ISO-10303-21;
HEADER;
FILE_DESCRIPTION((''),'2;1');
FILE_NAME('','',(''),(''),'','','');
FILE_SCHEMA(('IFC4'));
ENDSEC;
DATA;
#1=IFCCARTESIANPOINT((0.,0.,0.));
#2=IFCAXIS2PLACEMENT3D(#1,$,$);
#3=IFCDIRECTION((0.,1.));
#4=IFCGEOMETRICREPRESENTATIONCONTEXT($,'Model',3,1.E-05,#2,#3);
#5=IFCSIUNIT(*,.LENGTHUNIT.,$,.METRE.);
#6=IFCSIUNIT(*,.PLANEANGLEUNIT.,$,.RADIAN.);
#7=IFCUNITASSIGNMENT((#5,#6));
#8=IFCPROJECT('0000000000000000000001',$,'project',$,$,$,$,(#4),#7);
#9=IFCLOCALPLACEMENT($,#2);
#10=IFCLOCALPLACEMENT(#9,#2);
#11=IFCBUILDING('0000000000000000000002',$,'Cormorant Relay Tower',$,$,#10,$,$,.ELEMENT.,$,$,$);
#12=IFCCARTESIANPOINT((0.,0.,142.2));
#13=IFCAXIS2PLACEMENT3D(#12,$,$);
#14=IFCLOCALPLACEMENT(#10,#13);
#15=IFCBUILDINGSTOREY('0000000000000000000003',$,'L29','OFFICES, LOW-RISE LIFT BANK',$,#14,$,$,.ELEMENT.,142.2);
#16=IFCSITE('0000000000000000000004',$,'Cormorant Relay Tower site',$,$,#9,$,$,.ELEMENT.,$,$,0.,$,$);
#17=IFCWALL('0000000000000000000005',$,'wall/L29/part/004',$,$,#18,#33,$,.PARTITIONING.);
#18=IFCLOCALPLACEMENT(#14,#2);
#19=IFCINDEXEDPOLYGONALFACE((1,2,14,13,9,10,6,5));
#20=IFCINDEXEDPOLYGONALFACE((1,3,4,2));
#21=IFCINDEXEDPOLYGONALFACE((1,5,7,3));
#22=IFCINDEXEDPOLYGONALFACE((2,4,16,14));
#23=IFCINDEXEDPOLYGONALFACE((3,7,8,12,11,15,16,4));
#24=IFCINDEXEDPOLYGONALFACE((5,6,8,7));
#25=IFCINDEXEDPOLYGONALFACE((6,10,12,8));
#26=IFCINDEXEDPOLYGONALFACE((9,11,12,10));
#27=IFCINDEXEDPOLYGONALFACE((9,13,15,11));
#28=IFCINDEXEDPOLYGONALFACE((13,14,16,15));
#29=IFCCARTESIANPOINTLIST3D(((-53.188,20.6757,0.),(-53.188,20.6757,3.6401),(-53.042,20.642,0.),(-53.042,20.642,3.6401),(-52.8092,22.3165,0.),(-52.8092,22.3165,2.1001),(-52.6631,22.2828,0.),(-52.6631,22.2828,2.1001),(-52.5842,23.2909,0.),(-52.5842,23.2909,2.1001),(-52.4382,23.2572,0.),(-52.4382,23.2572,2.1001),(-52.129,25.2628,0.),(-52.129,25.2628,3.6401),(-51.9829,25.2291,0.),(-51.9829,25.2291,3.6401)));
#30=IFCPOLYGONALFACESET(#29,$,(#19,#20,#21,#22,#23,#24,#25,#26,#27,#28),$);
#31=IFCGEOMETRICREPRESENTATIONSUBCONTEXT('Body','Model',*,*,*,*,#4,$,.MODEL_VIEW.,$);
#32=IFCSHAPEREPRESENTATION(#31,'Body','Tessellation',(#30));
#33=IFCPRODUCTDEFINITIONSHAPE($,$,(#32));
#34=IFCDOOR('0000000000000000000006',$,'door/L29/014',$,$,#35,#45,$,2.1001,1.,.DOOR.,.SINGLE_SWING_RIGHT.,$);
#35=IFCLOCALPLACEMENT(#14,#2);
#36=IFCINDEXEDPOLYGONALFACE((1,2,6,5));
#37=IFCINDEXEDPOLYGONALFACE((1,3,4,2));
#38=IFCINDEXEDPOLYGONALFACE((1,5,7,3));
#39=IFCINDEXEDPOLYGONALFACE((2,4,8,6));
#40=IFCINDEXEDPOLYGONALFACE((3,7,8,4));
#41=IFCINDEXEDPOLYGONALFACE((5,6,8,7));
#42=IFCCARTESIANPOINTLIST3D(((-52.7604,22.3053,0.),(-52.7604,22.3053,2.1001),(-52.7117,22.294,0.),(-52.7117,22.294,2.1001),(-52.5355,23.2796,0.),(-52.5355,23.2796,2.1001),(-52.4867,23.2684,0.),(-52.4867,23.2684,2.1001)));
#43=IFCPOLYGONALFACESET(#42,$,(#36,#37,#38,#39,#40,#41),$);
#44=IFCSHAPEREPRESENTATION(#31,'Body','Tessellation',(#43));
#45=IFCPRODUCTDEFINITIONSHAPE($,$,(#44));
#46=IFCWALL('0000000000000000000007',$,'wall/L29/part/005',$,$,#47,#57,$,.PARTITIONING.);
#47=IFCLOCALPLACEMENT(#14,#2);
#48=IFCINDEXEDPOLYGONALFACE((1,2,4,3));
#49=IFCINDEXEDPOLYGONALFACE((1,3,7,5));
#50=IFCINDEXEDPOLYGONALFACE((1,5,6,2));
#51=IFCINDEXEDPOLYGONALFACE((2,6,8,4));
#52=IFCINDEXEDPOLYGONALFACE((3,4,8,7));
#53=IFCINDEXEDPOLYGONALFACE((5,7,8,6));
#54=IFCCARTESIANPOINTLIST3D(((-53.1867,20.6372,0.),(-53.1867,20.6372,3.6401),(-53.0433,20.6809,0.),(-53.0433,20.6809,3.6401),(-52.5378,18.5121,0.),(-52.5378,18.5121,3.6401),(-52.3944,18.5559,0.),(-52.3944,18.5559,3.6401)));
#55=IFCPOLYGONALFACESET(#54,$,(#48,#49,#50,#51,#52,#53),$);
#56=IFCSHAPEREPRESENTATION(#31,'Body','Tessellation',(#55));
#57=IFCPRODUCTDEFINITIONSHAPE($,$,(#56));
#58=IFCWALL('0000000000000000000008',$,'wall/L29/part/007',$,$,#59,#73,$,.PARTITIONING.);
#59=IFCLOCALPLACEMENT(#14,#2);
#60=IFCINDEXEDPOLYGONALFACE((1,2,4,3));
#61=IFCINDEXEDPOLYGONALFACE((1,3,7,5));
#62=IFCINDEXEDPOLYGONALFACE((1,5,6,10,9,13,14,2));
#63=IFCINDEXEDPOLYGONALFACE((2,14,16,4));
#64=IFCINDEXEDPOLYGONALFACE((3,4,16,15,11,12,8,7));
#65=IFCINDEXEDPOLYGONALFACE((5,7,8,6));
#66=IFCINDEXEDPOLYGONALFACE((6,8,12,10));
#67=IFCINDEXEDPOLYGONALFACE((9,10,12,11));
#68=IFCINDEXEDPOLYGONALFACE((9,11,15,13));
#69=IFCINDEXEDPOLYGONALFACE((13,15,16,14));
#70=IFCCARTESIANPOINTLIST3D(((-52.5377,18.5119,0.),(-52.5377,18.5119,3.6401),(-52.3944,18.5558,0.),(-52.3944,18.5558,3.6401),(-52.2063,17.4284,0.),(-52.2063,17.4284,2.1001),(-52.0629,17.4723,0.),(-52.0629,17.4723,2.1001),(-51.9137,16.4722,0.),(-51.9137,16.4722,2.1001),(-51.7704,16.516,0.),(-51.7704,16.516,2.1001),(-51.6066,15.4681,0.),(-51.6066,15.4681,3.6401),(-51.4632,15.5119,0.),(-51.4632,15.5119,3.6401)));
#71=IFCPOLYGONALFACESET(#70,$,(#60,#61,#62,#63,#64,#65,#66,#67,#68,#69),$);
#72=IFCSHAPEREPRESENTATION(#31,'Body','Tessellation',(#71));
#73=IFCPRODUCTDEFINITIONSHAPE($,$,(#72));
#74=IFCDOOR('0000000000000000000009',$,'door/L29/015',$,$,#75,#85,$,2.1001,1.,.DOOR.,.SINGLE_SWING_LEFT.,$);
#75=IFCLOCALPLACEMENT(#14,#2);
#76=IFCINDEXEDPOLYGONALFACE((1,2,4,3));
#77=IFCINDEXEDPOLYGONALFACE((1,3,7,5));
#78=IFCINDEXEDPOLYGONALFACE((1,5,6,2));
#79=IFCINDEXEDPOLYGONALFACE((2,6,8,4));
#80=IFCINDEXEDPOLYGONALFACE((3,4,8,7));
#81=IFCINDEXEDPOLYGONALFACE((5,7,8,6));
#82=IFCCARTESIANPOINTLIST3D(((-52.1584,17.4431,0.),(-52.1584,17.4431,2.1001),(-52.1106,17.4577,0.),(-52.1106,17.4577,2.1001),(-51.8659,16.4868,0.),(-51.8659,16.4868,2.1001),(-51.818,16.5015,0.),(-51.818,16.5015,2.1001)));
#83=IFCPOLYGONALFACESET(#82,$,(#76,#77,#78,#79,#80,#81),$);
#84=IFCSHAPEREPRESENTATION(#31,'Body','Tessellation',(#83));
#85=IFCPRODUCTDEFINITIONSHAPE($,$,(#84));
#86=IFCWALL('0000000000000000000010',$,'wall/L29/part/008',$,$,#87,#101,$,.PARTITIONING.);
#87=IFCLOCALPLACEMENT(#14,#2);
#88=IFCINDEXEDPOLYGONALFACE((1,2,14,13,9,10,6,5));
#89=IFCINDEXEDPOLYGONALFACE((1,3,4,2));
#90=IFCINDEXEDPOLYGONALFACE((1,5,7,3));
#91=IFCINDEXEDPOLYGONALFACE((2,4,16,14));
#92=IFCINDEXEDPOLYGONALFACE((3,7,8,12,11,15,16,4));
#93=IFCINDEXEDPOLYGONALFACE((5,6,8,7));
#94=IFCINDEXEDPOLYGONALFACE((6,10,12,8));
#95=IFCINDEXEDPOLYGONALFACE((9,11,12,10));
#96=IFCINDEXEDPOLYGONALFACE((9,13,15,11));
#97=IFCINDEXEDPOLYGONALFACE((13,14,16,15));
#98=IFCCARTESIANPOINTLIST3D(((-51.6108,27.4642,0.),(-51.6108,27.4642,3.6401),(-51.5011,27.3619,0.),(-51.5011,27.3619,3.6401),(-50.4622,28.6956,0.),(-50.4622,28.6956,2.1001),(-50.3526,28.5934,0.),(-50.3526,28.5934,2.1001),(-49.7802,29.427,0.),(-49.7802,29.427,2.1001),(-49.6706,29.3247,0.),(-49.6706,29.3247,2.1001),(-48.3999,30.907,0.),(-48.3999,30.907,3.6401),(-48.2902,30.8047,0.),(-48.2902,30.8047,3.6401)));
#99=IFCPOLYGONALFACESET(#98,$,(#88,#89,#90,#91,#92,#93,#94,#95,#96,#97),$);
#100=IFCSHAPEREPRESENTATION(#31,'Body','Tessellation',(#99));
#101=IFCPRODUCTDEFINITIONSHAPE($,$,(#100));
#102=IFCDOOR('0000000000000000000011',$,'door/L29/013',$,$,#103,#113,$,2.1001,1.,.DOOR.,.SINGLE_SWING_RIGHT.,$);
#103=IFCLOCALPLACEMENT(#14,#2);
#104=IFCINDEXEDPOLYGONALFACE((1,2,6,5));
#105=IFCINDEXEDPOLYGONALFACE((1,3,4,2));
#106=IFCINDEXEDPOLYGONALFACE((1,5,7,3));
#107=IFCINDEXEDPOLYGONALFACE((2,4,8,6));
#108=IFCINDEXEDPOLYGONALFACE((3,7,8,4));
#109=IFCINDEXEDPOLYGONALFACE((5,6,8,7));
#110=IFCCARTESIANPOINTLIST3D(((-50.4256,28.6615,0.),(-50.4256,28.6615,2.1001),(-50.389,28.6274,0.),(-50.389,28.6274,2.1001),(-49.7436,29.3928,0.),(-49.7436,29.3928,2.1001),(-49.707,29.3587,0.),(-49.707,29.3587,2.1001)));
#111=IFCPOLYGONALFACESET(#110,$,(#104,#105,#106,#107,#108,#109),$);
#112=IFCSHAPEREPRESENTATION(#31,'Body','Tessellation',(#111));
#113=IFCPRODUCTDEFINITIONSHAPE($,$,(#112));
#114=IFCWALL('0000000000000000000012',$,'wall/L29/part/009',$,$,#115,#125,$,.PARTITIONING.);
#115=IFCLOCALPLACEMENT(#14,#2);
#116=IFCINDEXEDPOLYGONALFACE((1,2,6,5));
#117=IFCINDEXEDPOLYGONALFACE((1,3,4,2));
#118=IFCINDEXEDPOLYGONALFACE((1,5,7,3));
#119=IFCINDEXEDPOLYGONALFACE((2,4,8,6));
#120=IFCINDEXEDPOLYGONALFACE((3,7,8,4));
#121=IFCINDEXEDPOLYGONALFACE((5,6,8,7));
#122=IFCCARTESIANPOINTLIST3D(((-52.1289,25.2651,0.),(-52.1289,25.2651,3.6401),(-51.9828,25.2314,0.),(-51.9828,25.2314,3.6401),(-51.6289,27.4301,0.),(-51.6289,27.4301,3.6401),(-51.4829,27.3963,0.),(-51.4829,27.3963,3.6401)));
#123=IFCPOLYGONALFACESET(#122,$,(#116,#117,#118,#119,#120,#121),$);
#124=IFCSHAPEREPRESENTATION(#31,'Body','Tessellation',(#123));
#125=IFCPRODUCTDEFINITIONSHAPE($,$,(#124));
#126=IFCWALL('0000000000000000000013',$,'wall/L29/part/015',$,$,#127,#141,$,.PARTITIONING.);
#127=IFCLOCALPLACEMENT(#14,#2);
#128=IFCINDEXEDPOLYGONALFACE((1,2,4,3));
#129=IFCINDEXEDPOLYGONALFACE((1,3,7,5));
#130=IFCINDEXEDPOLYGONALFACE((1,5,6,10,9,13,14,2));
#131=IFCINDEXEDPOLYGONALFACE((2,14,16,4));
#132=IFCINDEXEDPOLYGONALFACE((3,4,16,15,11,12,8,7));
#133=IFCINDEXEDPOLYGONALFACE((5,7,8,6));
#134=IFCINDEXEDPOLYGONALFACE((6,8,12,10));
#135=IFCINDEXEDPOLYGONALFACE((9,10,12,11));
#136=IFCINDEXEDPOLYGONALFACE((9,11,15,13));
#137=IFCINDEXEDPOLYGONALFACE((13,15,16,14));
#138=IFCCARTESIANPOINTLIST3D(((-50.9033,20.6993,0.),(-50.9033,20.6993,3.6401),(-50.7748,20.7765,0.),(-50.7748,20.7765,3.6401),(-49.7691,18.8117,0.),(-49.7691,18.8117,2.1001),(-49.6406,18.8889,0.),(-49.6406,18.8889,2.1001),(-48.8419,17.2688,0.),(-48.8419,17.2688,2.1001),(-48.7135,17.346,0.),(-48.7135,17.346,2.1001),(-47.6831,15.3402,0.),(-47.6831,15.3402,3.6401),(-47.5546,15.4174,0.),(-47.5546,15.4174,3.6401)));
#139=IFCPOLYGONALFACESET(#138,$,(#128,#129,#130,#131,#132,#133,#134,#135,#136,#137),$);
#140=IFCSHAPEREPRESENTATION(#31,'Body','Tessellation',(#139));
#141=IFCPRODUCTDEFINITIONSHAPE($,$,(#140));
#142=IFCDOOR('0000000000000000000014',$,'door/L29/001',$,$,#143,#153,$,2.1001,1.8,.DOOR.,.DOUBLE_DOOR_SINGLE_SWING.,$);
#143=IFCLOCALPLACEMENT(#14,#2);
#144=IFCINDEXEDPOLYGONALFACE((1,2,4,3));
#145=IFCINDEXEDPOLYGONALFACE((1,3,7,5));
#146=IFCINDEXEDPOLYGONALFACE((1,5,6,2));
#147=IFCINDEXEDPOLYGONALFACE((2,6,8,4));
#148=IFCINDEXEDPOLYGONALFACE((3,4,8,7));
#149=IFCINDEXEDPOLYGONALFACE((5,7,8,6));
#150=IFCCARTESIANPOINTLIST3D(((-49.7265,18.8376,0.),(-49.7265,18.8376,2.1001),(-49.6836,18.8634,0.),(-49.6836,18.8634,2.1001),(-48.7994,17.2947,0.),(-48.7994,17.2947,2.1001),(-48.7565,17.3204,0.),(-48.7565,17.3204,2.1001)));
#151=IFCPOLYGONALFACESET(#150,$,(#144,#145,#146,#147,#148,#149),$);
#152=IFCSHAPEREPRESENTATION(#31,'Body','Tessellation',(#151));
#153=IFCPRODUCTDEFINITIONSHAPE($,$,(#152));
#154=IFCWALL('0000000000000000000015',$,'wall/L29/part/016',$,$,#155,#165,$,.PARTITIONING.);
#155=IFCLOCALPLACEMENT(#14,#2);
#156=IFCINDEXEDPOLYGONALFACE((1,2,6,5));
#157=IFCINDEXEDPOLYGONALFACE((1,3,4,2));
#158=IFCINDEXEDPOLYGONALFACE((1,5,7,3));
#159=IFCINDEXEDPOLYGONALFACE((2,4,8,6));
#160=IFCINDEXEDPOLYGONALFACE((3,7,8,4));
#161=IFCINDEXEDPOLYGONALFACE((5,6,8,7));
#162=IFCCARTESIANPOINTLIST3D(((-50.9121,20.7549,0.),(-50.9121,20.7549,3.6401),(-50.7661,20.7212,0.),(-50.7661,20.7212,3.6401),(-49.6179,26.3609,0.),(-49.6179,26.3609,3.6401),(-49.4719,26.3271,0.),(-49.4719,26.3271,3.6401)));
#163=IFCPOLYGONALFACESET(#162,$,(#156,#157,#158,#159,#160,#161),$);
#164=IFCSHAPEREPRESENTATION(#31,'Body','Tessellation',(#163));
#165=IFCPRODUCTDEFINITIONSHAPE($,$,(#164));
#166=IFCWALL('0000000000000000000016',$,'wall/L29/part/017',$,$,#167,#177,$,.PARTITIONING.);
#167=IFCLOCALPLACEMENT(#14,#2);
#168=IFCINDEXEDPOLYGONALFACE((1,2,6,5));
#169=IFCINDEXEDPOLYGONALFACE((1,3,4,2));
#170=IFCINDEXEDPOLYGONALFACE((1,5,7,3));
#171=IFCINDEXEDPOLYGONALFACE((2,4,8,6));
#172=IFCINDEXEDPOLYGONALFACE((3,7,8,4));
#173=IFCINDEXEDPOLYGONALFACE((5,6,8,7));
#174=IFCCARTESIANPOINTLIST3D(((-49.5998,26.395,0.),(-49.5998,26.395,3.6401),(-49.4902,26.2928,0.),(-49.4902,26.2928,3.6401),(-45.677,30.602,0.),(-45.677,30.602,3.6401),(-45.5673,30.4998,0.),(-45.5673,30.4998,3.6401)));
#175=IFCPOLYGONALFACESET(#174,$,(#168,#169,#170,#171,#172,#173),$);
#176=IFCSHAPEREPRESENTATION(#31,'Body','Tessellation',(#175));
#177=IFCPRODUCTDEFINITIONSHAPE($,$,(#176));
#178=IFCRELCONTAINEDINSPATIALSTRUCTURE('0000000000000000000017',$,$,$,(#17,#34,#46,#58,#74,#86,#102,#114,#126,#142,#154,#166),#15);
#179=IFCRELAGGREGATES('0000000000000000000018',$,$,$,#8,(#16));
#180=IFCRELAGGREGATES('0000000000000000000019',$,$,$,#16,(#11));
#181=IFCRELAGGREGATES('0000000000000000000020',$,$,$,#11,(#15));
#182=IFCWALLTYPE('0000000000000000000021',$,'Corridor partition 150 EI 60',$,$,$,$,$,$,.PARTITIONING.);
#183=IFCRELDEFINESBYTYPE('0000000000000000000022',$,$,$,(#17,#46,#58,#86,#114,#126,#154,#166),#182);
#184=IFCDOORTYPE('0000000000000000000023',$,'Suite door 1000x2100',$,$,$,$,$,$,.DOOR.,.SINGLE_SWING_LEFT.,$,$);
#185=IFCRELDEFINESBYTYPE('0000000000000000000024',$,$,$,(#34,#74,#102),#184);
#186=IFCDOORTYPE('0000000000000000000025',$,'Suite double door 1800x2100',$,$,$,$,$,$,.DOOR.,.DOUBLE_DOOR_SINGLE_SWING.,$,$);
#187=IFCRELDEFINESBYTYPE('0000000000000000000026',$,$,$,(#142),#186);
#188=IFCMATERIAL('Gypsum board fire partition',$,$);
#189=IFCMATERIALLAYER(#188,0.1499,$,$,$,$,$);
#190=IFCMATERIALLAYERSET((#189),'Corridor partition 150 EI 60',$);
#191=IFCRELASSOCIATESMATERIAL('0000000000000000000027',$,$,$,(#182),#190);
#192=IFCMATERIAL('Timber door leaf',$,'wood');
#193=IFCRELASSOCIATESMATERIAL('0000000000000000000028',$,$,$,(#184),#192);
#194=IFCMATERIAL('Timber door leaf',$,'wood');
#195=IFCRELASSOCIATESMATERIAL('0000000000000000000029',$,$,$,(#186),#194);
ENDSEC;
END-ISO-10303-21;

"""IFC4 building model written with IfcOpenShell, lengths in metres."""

from ifc_helpers import new_model, si_unit, direction, frame, frame_2d, origin, place, context, subcontext, project, spatial, rectangle, extrude, material, layer, layer_set, type_object, element, fill, save


model = new_model("IFC4")

# Units and contexts
model_context = context("Model", 3, precision=1e-05, world=origin(), true_north=direction((0.0, 1.0)))
body_context = subcontext(model_context, "Body", "Model", "MODEL_VIEW")
ifc_project = project(units=[si_unit("LENGTHUNIT", "METRE"), si_unit("PLANEANGLEUNIT", "RADIAN")], contexts=[model_context])

# Site, building, storey
site_placement = place(None, origin())
site = spatial("IfcSite", under=ifc_project, at=site_placement, Name="Cormorant Relay Tower site", CompositionType="ELEMENT", RefElevation=0.0)
building_placement = place(site_placement, origin())
building = spatial("IfcBuilding", under=site, at=building_placement, Name="Cormorant Relay Tower", CompositionType="ELEMENT")
storey_placement = place(building_placement, frame((0.0, 0.0, 142.2)))
storey = spatial("IfcBuildingStorey", under=building, at=storey_placement, Name="L29", Description="OFFICES, LOW-RISE LIFT BANK", CompositionType="ELEMENT", Elevation=142.2)

# Wall, opening, door
ifc_material_1 = material(Name="Gypsum board fire partition")
ifc_layer_1 = layer(ifc_material_1, 0.1499)
ifc_layer_set_1 = layer_set([ifc_layer_1], Name="Corridor partition 150 EI 60")
wall_type_1 = type_object("IfcWallType", Name="Corridor partition 150 EI 60", PredefinedType="PARTITIONING", material=ifc_layer_set_1)
wall_1_placement = place(storey_placement, frame((-52.0559, 25.2461, 0.0), z_axis=(0.0, 0.0, 1.0), x_axis=(-0.224962, -0.974368, 0.0)))
wall_1 = element("IfcWall", 1, at=wall_1_placement, inside=storey, type_object=wall_type_1, Name="wall/L29/part/004", PredefinedType="PARTITIONING", context=body_context, shape_type="SweptSolid", body=[
    extrude(rectangle(XDim=4.7078, YDim=0.1499, at=frame_2d((2.354, 0.0))), origin(), (0.0, 0.0, 1.0), 3.6401),
])
opening_1_placement = place(wall_1_placement, frame((2.0239, 0.0, 0.0)))
opening_1 = element("IfcOpeningElement", 2, at=opening_1_placement, cuts=wall_1, PredefinedType="OPENING", context=body_context, shape_type="SweptSolid", body=[
    extrude(rectangle(XDim=1.0, YDim=2.1001, at=frame_2d((0.5, 1.05))), frame((0.0, 0.085, 0.0), z_axis=(0.0, -1.0, 0.0), x_axis=(1.0, 0.0, 0.0)), (0.0, 0.0, 1.0), 0.1699),
])
ifc_material_2 = material(Name="Timber door leaf", Category="wood")
door_type_1 = type_object("IfcDoorType", Name="Suite door 1000x2100", OperationType="SINGLE_SWING_LEFT", PredefinedType="DOOR", material=ifc_material_2)
door_1_placement = place(opening_1_placement, frame((1.0, 0.0, 0.0), z_axis=(0.0, 0.0, 1.0), x_axis=(-1.0, 0.0, 0.0)))
door_1 = element("IfcDoor", 3, at=door_1_placement, inside=storey, type_object=door_type_1, Name="door/L29/014", OperationType="SINGLE_SWING_RIGHT", OverallHeight=2.1001, OverallWidth=1.0, PredefinedType="DOOR", context=body_context, shape_type="SweptSolid", body=[
    extrude(rectangle(XDim=1.0, YDim=2.1001, at=frame_2d((0.5, 1.05))), frame((0.0, 0.0249, 0.0), z_axis=(0.0, -1.0, 0.0), x_axis=(1.0, 0.0, 0.0)), (0.0, 0.0, 1.0), 0.05),
])
fill(opening_1, door_1)

# Wall
wall_2_placement = place(storey_placement, frame((-53.115, 20.6589, 0.0), z_axis=(0.0, 0.0, 1.0), x_axis=(0.292062, -0.956399, 0.0)))
element("IfcWall", 4, at=wall_2_placement, inside=storey, type_object=wall_type_1, Name="wall/L29/part/005", PredefinedType="PARTITIONING", context=body_context, shape_type="SweptSolid", body=[
    extrude(rectangle(XDim=2.2219, YDim=0.1499, at=frame_2d((1.1108, 0.0))), origin(), (0.0, 0.0, 1.0), 3.6401),
])

# Walls, openings, doors
wall_3_placement = place(storey_placement, frame((-51.5349, 15.49, 0.0), z_axis=(0.0, 0.0, 1.0), x_axis=(-0.292522, 0.956259, 0.0)))
wall_3 = element("IfcWall", 5, at=wall_3_placement, inside=storey, type_object=wall_type_1, Name="wall/L29/part/007", PredefinedType="PARTITIONING", context=body_context, shape_type="SweptSolid", body=[
    extrude(rectangle(XDim=3.1831, YDim=0.1499, at=frame_2d((1.5916, 0.0))), origin(), (0.0, 0.0, 1.0), 3.6401),
])
opening_2_placement = place(wall_3_placement, frame((1.05, 0.0, 0.0)))
opening_2 = element("IfcOpeningElement", 6, at=opening_2_placement, cuts=wall_3, PredefinedType="OPENING", context=body_context, shape_type="SweptSolid", body=[
    extrude(rectangle(XDim=1.0, YDim=2.1001, at=frame_2d((0.5, 1.05))), frame((0.0, 0.085, 0.0), z_axis=(0.0, -1.0, 0.0), x_axis=(1.0, 0.0, 0.0)), (0.0, 0.0, 1.0), 0.1699),
])
door_2_placement = place(opening_2_placement, origin())
door_2 = element("IfcDoor", 7, at=door_2_placement, inside=storey, type_object=door_type_1, Name="door/L29/015", OperationType="SINGLE_SWING_LEFT", OverallHeight=2.1001, OverallWidth=1.0, PredefinedType="DOOR", context=body_context, shape_type="SweptSolid", body=[
    extrude(rectangle(XDim=1.0, YDim=2.1001, at=frame_2d((0.5, 1.05))), frame((0.0, 0.0249, 0.0), z_axis=(0.0, -1.0, 0.0), x_axis=(1.0, 0.0, 0.0)), (0.0, 0.0, 1.0), 0.05),
])
fill(opening_2, door_2)
wall_4_placement = place(storey_placement, frame((-48.345, 30.856, 0.0), z_axis=(0.0, 0.0, 1.0), x_axis=(-0.682045, -0.73131, 0.0)))
wall_4 = element("IfcWall", 8, at=wall_4_placement, inside=storey, type_object=wall_type_1, Name="wall/L29/part/008", PredefinedType="PARTITIONING", context=body_context, shape_type="SweptSolid", body=[
    extrude(rectangle(XDim=4.7078, YDim=0.1499, at=frame_2d((2.354, 0.0))), origin(), (0.0, 0.0, 1.0), 3.6401),
])
opening_3_placement = place(wall_4_placement, frame((2.0239, 0.0, 0.0)))
opening_3 = element("IfcOpeningElement", 9, at=opening_3_placement, cuts=wall_4, PredefinedType="OPENING", context=body_context, shape_type="SweptSolid", body=[
    extrude(rectangle(XDim=1.0, YDim=2.1001, at=frame_2d((0.5, 1.05))), frame((0.0, 0.085, 0.0), z_axis=(0.0, -1.0, 0.0), x_axis=(1.0, 0.0, 0.0)), (0.0, 0.0, 1.0), 0.1699),
])
door_3_placement = place(opening_3_placement, frame((1.0, 0.0, 0.0), z_axis=(0.0, 0.0, 1.0), x_axis=(-1.0, 0.0, 0.0)))
door_3 = element("IfcDoor", 10, at=door_3_placement, inside=storey, type_object=door_type_1, Name="door/L29/013", OperationType="SINGLE_SWING_RIGHT", OverallHeight=2.1001, OverallWidth=1.0, PredefinedType="DOOR", context=body_context, shape_type="SweptSolid", body=[
    extrude(rectangle(XDim=1.0, YDim=2.1001, at=frame_2d((0.5, 1.05))), frame((0.0, 0.0249, 0.0), z_axis=(0.0, -1.0, 0.0), x_axis=(1.0, 0.0, 0.0)), (0.0, 0.0, 1.0), 0.05),
])
fill(opening_3, door_3)

# Wall
wall_5_placement = place(storey_placement, frame((-51.5559, 27.4131, 0.0), z_axis=(0.0, 0.0, 1.0), x_axis=(-0.22502, -0.974354, 0.0)))
element("IfcWall", 11, at=wall_5_placement, inside=storey, type_object=wall_type_1, Name="wall/L29/part/009", PredefinedType="PARTITIONING", context=body_context, shape_type="SweptSolid", body=[
    extrude(rectangle(XDim=2.2219, YDim=0.1499, at=frame_2d((1.1108, 0.0))), origin(), (0.0, 0.0, 1.0), 3.6401),
])

# Wall, opening, door
wall_6_placement = place(storey_placement, frame((-47.6189, 15.3789, 0.0), z_axis=(0.0, 0.0, 1.0), x_axis=(-0.515053, 0.857159, 0.0)))
wall_6 = element("IfcWall", 12, at=wall_6_placement, inside=storey, type_object=wall_type_1, Name="wall/L29/part/015", PredefinedType="PARTITIONING", context=body_context, shape_type="SweptSolid", body=[
    extrude(rectangle(XDim=6.2522, YDim=0.1499, at=frame_2d((3.126, 0.0))), origin(), (0.0, 0.0, 1.0), 3.6401),
])
opening_4_placement = place(wall_6_placement, frame((2.25, 0.0, 0.0)))
opening_4 = element("IfcOpeningElement", 13, at=opening_4_placement, cuts=wall_6, PredefinedType="OPENING", context=body_context, shape_type="SweptSolid", body=[
    extrude(rectangle(XDim=1.8, YDim=2.1001, at=frame_2d((0.8999, 1.05))), frame((0.0, 0.085, 0.0), z_axis=(0.0, -1.0, 0.0), x_axis=(1.0, 0.0, 0.0)), (0.0, 0.0, 1.0), 0.1699),
])
ifc_material_3 = material(Name="Timber door leaf", Category="wood")
door_type_2 = type_object("IfcDoorType", Name="Suite double door 1800x2100", OperationType="DOUBLE_DOOR_SINGLE_SWING", PredefinedType="DOOR", material=ifc_material_3)
door_4_placement = place(opening_4_placement, frame((1.8, 0.0, 0.0), z_axis=(0.0, 0.0, 1.0), x_axis=(-1.0, 0.0, 0.0)))
door_4 = element("IfcDoor", 14, at=door_4_placement, inside=storey, type_object=door_type_2, Name="door/L29/001", OperationType="DOUBLE_DOOR_SINGLE_SWING", OverallHeight=2.1001, OverallWidth=1.8, PredefinedType="DOOR", context=body_context, shape_type="SweptSolid", body=[
    extrude(rectangle(XDim=1.8, YDim=2.1001, at=frame_2d((0.8999, 1.05))), frame((0.0, 0.0249, 0.0), z_axis=(0.0, -1.0, 0.0), x_axis=(1.0, 0.0, 0.0)), (0.0, 0.0, 1.0), 0.05),
])
fill(opening_4, door_4)

# Walls
wall_7_placement = place(storey_placement, frame((-50.8391, 20.738, 0.0), z_axis=(0.0, 0.0, 1.0), x_axis=(0.224943, 0.974372, 0.0)))
element("IfcWall", 15, at=wall_7_placement, inside=storey, type_object=wall_type_1, Name="wall/L29/part/016", PredefinedType="PARTITIONING", context=body_context, shape_type="SweptSolid", body=[
    extrude(rectangle(XDim=5.7534, YDim=0.1499, at=frame_2d((2.8767, 0.0))), origin(), (0.0, 0.0, 1.0), 3.6401),
])
wall_8_placement = place(storey_placement, frame((-49.5449, 26.344, 0.0), z_axis=(0.0, 0.0, 1.0), x_axis=(0.681973, 0.731377, 0.0)))
element("IfcWall", 16, at=wall_8_placement, inside=storey, type_object=wall_type_1, Name="wall/L29/part/017", PredefinedType="PARTITIONING", context=body_context, shape_type="SweptSolid", body=[
    extrude(rectangle(XDim=5.7522, YDim=0.1499, at=frame_2d((2.876, 0.0))), origin(), (0.0, 0.0, 1.0), 3.6401),
])

save(model, "model.ifc")
